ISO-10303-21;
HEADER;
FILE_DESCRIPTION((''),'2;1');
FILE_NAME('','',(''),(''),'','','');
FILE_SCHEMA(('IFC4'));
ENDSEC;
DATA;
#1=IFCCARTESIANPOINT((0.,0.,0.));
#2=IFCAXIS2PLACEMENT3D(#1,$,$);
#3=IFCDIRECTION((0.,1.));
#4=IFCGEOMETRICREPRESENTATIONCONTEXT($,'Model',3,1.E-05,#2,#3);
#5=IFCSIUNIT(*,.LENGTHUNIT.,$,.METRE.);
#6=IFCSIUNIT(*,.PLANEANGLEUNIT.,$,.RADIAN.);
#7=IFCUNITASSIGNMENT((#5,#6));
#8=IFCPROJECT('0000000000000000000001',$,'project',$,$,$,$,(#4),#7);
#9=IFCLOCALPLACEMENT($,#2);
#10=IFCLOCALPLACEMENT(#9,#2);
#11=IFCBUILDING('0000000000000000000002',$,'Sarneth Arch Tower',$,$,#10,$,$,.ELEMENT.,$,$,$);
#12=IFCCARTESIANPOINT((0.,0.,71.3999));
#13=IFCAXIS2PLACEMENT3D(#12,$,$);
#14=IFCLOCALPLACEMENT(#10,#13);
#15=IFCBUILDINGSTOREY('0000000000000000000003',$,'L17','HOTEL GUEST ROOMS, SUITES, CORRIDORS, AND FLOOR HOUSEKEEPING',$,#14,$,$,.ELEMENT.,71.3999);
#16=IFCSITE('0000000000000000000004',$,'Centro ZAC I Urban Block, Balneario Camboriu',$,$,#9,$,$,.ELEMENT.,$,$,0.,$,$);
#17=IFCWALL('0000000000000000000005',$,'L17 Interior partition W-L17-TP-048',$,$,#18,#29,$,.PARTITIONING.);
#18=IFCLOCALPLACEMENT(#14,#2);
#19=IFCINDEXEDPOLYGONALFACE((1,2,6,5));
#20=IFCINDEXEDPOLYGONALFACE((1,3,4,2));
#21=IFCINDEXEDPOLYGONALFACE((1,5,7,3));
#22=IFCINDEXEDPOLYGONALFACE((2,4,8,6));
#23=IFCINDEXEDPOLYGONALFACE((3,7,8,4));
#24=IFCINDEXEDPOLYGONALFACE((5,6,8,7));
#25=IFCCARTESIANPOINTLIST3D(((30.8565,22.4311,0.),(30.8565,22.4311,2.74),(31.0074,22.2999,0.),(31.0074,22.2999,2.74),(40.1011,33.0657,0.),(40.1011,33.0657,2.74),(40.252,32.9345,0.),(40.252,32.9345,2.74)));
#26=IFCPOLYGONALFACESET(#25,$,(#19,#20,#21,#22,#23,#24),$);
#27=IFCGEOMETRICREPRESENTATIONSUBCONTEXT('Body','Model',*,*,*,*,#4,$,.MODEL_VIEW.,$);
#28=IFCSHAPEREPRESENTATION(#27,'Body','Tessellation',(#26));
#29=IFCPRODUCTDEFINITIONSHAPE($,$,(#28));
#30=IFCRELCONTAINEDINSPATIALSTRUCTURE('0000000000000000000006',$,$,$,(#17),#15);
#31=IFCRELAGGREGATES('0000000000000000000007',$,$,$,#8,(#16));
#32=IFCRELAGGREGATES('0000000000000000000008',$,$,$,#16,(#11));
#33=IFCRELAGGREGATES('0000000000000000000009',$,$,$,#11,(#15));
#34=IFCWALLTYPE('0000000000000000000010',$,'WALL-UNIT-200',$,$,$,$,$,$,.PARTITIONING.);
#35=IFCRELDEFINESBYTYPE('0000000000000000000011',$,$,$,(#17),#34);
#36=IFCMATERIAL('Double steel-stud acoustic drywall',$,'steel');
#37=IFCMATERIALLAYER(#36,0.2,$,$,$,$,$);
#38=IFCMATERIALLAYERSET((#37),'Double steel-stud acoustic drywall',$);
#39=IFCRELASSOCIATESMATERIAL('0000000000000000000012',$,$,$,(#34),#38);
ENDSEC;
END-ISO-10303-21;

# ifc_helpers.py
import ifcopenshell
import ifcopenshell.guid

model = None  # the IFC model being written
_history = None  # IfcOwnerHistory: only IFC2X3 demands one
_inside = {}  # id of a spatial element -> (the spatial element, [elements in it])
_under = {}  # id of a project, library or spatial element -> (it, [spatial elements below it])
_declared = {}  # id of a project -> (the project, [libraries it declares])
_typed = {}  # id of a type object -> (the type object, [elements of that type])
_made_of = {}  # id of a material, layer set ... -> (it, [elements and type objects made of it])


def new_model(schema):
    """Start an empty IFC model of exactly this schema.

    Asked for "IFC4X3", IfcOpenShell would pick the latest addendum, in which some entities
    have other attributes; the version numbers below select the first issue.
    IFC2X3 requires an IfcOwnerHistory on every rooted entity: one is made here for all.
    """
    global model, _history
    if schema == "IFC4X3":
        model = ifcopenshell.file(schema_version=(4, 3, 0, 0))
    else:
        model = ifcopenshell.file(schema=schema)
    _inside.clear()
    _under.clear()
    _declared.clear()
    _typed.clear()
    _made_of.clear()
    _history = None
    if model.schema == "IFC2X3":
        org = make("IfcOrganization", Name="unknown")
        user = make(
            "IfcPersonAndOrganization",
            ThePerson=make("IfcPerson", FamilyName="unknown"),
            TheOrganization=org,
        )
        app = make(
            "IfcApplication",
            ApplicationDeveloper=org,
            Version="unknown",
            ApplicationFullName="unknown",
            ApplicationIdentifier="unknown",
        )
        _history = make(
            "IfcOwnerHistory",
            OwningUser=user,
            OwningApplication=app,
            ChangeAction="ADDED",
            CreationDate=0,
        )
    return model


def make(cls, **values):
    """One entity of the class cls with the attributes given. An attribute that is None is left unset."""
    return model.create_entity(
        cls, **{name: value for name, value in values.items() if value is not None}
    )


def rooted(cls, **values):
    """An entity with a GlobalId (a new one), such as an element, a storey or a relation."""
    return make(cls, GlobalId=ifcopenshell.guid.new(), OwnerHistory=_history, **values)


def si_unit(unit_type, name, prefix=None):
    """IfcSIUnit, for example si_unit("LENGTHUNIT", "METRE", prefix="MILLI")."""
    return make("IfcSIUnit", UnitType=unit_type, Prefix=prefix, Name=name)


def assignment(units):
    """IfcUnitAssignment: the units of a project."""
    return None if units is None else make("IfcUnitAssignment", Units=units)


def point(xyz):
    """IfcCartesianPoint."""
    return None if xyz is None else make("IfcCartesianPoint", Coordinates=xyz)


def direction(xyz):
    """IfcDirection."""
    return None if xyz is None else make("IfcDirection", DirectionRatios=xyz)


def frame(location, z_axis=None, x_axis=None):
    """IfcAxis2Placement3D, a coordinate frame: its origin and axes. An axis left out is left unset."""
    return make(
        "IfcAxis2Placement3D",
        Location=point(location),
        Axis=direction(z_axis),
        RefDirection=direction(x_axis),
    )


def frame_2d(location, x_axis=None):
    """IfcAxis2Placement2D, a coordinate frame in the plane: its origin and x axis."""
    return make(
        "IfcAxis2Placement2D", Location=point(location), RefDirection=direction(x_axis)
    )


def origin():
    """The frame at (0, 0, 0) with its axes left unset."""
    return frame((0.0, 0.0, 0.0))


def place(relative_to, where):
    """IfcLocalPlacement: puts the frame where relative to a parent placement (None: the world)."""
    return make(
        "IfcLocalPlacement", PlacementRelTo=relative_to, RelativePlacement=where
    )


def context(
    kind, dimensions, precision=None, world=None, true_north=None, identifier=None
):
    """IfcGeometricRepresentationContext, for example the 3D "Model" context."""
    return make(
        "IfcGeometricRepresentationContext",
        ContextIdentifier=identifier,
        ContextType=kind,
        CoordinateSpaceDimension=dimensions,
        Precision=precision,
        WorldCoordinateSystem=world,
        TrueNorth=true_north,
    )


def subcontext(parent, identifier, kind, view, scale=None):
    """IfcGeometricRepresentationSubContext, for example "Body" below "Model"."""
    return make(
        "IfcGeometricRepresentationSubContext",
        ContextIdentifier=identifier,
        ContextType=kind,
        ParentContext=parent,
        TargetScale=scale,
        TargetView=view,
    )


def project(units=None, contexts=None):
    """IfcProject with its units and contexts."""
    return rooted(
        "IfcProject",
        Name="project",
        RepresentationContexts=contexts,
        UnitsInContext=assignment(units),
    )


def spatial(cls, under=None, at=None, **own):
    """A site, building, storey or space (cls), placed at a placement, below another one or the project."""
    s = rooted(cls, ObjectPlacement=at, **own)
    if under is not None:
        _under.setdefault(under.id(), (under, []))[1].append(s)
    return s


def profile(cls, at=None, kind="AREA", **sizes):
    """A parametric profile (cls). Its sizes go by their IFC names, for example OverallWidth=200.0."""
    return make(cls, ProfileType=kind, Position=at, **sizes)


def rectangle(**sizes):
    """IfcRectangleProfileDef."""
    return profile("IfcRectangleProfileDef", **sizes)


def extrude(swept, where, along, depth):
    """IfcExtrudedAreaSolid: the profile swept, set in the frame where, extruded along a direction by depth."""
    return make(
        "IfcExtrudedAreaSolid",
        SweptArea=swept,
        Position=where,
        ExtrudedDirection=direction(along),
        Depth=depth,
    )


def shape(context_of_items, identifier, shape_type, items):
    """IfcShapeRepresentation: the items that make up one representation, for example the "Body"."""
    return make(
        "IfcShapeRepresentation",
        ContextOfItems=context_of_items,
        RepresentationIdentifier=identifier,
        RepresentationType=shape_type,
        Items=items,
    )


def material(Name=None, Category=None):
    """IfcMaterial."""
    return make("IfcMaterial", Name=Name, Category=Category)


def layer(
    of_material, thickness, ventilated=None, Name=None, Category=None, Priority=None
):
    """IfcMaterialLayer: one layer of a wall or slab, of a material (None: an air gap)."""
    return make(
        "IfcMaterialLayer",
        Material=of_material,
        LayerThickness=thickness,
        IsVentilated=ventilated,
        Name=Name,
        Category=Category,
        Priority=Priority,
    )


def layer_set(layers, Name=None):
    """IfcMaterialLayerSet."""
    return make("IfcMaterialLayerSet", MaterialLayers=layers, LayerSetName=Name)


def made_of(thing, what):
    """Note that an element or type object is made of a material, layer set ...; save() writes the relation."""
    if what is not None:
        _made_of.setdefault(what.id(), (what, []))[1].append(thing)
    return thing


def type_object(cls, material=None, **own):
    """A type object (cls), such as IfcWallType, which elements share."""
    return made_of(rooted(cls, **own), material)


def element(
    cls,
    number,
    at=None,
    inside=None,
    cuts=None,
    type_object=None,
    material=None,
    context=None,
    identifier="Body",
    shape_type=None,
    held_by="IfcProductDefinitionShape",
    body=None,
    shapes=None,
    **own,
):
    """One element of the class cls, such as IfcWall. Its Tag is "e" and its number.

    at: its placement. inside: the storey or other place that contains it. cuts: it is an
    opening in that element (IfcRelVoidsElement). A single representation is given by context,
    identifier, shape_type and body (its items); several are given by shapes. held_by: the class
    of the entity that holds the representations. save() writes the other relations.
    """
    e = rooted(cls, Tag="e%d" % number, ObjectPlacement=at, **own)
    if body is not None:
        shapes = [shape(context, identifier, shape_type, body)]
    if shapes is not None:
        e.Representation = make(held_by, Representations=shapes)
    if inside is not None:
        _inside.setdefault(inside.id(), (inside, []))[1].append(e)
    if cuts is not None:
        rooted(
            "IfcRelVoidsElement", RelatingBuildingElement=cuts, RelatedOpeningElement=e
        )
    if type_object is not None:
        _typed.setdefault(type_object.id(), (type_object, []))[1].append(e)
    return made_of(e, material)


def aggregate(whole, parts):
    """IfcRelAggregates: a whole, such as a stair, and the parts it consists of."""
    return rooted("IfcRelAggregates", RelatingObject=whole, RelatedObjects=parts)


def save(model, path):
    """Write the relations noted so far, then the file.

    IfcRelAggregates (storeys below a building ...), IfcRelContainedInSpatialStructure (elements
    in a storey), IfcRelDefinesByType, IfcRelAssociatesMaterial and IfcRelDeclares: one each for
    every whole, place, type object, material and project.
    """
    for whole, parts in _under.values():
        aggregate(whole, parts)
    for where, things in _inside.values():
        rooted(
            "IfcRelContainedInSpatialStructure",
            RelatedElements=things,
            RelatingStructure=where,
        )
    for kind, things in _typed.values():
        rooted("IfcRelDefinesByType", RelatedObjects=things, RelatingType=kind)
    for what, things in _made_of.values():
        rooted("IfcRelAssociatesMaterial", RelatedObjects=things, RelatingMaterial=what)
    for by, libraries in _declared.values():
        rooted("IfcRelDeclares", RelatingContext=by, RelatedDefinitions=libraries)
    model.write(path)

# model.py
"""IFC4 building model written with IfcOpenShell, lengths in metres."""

from ifc_helpers import new_model, si_unit, direction, frame, frame_2d, origin, place, context, subcontext, project, spatial, rectangle, extrude, material, layer, layer_set, type_object, element, save


model = new_model("IFC4")

# Units and contexts
model_context = context("Model", 3, precision=1e-05, world=origin(), true_north=direction((0.0, 1.0)))
body_context = subcontext(model_context, "Body", "Model", "MODEL_VIEW")
ifc_project = project(units=[si_unit("LENGTHUNIT", "METRE"), si_unit("PLANEANGLEUNIT", "RADIAN")], contexts=[model_context])

# Site, building, storey
site_placement = place(None, origin())
site = spatial("IfcSite", under=ifc_project, at=site_placement, Name="Centro ZAC I Urban Block, Balneario Camboriu", CompositionType="ELEMENT", RefElevation=0.0)
building_placement = place(site_placement, origin())
building = spatial("IfcBuilding", under=site, at=building_placement, Name="Sarneth Arch Tower", CompositionType="ELEMENT")
storey_placement = place(building_placement, frame((0.0, 0.0, 71.3999)))
storey = spatial("IfcBuildingStorey", under=building, at=storey_placement, Name="L17", Description="HOTEL GUEST ROOMS, SUITES, CORRIDORS, AND FLOOR HOUSEKEEPING", CompositionType="ELEMENT", Elevation=71.3999)

# Wall
ifc_material_1 = material(Name="Double steel-stud acoustic drywall", Category="steel")
ifc_layer_1 = layer(ifc_material_1, 0.2)
ifc_layer_set_1 = layer_set([ifc_layer_1], Name="Double steel-stud acoustic drywall")
wall_type_1 = type_object("IfcWallType", Name="WALL-UNIT-200", PredefinedType="PARTITIONING", material=ifc_layer_set_1)
wall_1_placement = place(storey_placement, frame((40.1765, 33.0, 0.0), z_axis=(0.0, 0.0, 1.0), x_axis=(-0.656066, -0.754703, 0.0)))
element("IfcWall", 1, at=wall_1_placement, inside=storey, type_object=wall_type_1, Name="L17 Interior partition W-L17-TP-048", PredefinedType="PARTITIONING", context=body_context, shape_type="SweptSolid", body=[
    extrude(rectangle(XDim=14.0911, YDim=0.2, at=frame_2d((7.0454, 0.0))), origin(), (0.0, 0.0, 1.0), 2.74),
])

save(model, "model.ifc")
